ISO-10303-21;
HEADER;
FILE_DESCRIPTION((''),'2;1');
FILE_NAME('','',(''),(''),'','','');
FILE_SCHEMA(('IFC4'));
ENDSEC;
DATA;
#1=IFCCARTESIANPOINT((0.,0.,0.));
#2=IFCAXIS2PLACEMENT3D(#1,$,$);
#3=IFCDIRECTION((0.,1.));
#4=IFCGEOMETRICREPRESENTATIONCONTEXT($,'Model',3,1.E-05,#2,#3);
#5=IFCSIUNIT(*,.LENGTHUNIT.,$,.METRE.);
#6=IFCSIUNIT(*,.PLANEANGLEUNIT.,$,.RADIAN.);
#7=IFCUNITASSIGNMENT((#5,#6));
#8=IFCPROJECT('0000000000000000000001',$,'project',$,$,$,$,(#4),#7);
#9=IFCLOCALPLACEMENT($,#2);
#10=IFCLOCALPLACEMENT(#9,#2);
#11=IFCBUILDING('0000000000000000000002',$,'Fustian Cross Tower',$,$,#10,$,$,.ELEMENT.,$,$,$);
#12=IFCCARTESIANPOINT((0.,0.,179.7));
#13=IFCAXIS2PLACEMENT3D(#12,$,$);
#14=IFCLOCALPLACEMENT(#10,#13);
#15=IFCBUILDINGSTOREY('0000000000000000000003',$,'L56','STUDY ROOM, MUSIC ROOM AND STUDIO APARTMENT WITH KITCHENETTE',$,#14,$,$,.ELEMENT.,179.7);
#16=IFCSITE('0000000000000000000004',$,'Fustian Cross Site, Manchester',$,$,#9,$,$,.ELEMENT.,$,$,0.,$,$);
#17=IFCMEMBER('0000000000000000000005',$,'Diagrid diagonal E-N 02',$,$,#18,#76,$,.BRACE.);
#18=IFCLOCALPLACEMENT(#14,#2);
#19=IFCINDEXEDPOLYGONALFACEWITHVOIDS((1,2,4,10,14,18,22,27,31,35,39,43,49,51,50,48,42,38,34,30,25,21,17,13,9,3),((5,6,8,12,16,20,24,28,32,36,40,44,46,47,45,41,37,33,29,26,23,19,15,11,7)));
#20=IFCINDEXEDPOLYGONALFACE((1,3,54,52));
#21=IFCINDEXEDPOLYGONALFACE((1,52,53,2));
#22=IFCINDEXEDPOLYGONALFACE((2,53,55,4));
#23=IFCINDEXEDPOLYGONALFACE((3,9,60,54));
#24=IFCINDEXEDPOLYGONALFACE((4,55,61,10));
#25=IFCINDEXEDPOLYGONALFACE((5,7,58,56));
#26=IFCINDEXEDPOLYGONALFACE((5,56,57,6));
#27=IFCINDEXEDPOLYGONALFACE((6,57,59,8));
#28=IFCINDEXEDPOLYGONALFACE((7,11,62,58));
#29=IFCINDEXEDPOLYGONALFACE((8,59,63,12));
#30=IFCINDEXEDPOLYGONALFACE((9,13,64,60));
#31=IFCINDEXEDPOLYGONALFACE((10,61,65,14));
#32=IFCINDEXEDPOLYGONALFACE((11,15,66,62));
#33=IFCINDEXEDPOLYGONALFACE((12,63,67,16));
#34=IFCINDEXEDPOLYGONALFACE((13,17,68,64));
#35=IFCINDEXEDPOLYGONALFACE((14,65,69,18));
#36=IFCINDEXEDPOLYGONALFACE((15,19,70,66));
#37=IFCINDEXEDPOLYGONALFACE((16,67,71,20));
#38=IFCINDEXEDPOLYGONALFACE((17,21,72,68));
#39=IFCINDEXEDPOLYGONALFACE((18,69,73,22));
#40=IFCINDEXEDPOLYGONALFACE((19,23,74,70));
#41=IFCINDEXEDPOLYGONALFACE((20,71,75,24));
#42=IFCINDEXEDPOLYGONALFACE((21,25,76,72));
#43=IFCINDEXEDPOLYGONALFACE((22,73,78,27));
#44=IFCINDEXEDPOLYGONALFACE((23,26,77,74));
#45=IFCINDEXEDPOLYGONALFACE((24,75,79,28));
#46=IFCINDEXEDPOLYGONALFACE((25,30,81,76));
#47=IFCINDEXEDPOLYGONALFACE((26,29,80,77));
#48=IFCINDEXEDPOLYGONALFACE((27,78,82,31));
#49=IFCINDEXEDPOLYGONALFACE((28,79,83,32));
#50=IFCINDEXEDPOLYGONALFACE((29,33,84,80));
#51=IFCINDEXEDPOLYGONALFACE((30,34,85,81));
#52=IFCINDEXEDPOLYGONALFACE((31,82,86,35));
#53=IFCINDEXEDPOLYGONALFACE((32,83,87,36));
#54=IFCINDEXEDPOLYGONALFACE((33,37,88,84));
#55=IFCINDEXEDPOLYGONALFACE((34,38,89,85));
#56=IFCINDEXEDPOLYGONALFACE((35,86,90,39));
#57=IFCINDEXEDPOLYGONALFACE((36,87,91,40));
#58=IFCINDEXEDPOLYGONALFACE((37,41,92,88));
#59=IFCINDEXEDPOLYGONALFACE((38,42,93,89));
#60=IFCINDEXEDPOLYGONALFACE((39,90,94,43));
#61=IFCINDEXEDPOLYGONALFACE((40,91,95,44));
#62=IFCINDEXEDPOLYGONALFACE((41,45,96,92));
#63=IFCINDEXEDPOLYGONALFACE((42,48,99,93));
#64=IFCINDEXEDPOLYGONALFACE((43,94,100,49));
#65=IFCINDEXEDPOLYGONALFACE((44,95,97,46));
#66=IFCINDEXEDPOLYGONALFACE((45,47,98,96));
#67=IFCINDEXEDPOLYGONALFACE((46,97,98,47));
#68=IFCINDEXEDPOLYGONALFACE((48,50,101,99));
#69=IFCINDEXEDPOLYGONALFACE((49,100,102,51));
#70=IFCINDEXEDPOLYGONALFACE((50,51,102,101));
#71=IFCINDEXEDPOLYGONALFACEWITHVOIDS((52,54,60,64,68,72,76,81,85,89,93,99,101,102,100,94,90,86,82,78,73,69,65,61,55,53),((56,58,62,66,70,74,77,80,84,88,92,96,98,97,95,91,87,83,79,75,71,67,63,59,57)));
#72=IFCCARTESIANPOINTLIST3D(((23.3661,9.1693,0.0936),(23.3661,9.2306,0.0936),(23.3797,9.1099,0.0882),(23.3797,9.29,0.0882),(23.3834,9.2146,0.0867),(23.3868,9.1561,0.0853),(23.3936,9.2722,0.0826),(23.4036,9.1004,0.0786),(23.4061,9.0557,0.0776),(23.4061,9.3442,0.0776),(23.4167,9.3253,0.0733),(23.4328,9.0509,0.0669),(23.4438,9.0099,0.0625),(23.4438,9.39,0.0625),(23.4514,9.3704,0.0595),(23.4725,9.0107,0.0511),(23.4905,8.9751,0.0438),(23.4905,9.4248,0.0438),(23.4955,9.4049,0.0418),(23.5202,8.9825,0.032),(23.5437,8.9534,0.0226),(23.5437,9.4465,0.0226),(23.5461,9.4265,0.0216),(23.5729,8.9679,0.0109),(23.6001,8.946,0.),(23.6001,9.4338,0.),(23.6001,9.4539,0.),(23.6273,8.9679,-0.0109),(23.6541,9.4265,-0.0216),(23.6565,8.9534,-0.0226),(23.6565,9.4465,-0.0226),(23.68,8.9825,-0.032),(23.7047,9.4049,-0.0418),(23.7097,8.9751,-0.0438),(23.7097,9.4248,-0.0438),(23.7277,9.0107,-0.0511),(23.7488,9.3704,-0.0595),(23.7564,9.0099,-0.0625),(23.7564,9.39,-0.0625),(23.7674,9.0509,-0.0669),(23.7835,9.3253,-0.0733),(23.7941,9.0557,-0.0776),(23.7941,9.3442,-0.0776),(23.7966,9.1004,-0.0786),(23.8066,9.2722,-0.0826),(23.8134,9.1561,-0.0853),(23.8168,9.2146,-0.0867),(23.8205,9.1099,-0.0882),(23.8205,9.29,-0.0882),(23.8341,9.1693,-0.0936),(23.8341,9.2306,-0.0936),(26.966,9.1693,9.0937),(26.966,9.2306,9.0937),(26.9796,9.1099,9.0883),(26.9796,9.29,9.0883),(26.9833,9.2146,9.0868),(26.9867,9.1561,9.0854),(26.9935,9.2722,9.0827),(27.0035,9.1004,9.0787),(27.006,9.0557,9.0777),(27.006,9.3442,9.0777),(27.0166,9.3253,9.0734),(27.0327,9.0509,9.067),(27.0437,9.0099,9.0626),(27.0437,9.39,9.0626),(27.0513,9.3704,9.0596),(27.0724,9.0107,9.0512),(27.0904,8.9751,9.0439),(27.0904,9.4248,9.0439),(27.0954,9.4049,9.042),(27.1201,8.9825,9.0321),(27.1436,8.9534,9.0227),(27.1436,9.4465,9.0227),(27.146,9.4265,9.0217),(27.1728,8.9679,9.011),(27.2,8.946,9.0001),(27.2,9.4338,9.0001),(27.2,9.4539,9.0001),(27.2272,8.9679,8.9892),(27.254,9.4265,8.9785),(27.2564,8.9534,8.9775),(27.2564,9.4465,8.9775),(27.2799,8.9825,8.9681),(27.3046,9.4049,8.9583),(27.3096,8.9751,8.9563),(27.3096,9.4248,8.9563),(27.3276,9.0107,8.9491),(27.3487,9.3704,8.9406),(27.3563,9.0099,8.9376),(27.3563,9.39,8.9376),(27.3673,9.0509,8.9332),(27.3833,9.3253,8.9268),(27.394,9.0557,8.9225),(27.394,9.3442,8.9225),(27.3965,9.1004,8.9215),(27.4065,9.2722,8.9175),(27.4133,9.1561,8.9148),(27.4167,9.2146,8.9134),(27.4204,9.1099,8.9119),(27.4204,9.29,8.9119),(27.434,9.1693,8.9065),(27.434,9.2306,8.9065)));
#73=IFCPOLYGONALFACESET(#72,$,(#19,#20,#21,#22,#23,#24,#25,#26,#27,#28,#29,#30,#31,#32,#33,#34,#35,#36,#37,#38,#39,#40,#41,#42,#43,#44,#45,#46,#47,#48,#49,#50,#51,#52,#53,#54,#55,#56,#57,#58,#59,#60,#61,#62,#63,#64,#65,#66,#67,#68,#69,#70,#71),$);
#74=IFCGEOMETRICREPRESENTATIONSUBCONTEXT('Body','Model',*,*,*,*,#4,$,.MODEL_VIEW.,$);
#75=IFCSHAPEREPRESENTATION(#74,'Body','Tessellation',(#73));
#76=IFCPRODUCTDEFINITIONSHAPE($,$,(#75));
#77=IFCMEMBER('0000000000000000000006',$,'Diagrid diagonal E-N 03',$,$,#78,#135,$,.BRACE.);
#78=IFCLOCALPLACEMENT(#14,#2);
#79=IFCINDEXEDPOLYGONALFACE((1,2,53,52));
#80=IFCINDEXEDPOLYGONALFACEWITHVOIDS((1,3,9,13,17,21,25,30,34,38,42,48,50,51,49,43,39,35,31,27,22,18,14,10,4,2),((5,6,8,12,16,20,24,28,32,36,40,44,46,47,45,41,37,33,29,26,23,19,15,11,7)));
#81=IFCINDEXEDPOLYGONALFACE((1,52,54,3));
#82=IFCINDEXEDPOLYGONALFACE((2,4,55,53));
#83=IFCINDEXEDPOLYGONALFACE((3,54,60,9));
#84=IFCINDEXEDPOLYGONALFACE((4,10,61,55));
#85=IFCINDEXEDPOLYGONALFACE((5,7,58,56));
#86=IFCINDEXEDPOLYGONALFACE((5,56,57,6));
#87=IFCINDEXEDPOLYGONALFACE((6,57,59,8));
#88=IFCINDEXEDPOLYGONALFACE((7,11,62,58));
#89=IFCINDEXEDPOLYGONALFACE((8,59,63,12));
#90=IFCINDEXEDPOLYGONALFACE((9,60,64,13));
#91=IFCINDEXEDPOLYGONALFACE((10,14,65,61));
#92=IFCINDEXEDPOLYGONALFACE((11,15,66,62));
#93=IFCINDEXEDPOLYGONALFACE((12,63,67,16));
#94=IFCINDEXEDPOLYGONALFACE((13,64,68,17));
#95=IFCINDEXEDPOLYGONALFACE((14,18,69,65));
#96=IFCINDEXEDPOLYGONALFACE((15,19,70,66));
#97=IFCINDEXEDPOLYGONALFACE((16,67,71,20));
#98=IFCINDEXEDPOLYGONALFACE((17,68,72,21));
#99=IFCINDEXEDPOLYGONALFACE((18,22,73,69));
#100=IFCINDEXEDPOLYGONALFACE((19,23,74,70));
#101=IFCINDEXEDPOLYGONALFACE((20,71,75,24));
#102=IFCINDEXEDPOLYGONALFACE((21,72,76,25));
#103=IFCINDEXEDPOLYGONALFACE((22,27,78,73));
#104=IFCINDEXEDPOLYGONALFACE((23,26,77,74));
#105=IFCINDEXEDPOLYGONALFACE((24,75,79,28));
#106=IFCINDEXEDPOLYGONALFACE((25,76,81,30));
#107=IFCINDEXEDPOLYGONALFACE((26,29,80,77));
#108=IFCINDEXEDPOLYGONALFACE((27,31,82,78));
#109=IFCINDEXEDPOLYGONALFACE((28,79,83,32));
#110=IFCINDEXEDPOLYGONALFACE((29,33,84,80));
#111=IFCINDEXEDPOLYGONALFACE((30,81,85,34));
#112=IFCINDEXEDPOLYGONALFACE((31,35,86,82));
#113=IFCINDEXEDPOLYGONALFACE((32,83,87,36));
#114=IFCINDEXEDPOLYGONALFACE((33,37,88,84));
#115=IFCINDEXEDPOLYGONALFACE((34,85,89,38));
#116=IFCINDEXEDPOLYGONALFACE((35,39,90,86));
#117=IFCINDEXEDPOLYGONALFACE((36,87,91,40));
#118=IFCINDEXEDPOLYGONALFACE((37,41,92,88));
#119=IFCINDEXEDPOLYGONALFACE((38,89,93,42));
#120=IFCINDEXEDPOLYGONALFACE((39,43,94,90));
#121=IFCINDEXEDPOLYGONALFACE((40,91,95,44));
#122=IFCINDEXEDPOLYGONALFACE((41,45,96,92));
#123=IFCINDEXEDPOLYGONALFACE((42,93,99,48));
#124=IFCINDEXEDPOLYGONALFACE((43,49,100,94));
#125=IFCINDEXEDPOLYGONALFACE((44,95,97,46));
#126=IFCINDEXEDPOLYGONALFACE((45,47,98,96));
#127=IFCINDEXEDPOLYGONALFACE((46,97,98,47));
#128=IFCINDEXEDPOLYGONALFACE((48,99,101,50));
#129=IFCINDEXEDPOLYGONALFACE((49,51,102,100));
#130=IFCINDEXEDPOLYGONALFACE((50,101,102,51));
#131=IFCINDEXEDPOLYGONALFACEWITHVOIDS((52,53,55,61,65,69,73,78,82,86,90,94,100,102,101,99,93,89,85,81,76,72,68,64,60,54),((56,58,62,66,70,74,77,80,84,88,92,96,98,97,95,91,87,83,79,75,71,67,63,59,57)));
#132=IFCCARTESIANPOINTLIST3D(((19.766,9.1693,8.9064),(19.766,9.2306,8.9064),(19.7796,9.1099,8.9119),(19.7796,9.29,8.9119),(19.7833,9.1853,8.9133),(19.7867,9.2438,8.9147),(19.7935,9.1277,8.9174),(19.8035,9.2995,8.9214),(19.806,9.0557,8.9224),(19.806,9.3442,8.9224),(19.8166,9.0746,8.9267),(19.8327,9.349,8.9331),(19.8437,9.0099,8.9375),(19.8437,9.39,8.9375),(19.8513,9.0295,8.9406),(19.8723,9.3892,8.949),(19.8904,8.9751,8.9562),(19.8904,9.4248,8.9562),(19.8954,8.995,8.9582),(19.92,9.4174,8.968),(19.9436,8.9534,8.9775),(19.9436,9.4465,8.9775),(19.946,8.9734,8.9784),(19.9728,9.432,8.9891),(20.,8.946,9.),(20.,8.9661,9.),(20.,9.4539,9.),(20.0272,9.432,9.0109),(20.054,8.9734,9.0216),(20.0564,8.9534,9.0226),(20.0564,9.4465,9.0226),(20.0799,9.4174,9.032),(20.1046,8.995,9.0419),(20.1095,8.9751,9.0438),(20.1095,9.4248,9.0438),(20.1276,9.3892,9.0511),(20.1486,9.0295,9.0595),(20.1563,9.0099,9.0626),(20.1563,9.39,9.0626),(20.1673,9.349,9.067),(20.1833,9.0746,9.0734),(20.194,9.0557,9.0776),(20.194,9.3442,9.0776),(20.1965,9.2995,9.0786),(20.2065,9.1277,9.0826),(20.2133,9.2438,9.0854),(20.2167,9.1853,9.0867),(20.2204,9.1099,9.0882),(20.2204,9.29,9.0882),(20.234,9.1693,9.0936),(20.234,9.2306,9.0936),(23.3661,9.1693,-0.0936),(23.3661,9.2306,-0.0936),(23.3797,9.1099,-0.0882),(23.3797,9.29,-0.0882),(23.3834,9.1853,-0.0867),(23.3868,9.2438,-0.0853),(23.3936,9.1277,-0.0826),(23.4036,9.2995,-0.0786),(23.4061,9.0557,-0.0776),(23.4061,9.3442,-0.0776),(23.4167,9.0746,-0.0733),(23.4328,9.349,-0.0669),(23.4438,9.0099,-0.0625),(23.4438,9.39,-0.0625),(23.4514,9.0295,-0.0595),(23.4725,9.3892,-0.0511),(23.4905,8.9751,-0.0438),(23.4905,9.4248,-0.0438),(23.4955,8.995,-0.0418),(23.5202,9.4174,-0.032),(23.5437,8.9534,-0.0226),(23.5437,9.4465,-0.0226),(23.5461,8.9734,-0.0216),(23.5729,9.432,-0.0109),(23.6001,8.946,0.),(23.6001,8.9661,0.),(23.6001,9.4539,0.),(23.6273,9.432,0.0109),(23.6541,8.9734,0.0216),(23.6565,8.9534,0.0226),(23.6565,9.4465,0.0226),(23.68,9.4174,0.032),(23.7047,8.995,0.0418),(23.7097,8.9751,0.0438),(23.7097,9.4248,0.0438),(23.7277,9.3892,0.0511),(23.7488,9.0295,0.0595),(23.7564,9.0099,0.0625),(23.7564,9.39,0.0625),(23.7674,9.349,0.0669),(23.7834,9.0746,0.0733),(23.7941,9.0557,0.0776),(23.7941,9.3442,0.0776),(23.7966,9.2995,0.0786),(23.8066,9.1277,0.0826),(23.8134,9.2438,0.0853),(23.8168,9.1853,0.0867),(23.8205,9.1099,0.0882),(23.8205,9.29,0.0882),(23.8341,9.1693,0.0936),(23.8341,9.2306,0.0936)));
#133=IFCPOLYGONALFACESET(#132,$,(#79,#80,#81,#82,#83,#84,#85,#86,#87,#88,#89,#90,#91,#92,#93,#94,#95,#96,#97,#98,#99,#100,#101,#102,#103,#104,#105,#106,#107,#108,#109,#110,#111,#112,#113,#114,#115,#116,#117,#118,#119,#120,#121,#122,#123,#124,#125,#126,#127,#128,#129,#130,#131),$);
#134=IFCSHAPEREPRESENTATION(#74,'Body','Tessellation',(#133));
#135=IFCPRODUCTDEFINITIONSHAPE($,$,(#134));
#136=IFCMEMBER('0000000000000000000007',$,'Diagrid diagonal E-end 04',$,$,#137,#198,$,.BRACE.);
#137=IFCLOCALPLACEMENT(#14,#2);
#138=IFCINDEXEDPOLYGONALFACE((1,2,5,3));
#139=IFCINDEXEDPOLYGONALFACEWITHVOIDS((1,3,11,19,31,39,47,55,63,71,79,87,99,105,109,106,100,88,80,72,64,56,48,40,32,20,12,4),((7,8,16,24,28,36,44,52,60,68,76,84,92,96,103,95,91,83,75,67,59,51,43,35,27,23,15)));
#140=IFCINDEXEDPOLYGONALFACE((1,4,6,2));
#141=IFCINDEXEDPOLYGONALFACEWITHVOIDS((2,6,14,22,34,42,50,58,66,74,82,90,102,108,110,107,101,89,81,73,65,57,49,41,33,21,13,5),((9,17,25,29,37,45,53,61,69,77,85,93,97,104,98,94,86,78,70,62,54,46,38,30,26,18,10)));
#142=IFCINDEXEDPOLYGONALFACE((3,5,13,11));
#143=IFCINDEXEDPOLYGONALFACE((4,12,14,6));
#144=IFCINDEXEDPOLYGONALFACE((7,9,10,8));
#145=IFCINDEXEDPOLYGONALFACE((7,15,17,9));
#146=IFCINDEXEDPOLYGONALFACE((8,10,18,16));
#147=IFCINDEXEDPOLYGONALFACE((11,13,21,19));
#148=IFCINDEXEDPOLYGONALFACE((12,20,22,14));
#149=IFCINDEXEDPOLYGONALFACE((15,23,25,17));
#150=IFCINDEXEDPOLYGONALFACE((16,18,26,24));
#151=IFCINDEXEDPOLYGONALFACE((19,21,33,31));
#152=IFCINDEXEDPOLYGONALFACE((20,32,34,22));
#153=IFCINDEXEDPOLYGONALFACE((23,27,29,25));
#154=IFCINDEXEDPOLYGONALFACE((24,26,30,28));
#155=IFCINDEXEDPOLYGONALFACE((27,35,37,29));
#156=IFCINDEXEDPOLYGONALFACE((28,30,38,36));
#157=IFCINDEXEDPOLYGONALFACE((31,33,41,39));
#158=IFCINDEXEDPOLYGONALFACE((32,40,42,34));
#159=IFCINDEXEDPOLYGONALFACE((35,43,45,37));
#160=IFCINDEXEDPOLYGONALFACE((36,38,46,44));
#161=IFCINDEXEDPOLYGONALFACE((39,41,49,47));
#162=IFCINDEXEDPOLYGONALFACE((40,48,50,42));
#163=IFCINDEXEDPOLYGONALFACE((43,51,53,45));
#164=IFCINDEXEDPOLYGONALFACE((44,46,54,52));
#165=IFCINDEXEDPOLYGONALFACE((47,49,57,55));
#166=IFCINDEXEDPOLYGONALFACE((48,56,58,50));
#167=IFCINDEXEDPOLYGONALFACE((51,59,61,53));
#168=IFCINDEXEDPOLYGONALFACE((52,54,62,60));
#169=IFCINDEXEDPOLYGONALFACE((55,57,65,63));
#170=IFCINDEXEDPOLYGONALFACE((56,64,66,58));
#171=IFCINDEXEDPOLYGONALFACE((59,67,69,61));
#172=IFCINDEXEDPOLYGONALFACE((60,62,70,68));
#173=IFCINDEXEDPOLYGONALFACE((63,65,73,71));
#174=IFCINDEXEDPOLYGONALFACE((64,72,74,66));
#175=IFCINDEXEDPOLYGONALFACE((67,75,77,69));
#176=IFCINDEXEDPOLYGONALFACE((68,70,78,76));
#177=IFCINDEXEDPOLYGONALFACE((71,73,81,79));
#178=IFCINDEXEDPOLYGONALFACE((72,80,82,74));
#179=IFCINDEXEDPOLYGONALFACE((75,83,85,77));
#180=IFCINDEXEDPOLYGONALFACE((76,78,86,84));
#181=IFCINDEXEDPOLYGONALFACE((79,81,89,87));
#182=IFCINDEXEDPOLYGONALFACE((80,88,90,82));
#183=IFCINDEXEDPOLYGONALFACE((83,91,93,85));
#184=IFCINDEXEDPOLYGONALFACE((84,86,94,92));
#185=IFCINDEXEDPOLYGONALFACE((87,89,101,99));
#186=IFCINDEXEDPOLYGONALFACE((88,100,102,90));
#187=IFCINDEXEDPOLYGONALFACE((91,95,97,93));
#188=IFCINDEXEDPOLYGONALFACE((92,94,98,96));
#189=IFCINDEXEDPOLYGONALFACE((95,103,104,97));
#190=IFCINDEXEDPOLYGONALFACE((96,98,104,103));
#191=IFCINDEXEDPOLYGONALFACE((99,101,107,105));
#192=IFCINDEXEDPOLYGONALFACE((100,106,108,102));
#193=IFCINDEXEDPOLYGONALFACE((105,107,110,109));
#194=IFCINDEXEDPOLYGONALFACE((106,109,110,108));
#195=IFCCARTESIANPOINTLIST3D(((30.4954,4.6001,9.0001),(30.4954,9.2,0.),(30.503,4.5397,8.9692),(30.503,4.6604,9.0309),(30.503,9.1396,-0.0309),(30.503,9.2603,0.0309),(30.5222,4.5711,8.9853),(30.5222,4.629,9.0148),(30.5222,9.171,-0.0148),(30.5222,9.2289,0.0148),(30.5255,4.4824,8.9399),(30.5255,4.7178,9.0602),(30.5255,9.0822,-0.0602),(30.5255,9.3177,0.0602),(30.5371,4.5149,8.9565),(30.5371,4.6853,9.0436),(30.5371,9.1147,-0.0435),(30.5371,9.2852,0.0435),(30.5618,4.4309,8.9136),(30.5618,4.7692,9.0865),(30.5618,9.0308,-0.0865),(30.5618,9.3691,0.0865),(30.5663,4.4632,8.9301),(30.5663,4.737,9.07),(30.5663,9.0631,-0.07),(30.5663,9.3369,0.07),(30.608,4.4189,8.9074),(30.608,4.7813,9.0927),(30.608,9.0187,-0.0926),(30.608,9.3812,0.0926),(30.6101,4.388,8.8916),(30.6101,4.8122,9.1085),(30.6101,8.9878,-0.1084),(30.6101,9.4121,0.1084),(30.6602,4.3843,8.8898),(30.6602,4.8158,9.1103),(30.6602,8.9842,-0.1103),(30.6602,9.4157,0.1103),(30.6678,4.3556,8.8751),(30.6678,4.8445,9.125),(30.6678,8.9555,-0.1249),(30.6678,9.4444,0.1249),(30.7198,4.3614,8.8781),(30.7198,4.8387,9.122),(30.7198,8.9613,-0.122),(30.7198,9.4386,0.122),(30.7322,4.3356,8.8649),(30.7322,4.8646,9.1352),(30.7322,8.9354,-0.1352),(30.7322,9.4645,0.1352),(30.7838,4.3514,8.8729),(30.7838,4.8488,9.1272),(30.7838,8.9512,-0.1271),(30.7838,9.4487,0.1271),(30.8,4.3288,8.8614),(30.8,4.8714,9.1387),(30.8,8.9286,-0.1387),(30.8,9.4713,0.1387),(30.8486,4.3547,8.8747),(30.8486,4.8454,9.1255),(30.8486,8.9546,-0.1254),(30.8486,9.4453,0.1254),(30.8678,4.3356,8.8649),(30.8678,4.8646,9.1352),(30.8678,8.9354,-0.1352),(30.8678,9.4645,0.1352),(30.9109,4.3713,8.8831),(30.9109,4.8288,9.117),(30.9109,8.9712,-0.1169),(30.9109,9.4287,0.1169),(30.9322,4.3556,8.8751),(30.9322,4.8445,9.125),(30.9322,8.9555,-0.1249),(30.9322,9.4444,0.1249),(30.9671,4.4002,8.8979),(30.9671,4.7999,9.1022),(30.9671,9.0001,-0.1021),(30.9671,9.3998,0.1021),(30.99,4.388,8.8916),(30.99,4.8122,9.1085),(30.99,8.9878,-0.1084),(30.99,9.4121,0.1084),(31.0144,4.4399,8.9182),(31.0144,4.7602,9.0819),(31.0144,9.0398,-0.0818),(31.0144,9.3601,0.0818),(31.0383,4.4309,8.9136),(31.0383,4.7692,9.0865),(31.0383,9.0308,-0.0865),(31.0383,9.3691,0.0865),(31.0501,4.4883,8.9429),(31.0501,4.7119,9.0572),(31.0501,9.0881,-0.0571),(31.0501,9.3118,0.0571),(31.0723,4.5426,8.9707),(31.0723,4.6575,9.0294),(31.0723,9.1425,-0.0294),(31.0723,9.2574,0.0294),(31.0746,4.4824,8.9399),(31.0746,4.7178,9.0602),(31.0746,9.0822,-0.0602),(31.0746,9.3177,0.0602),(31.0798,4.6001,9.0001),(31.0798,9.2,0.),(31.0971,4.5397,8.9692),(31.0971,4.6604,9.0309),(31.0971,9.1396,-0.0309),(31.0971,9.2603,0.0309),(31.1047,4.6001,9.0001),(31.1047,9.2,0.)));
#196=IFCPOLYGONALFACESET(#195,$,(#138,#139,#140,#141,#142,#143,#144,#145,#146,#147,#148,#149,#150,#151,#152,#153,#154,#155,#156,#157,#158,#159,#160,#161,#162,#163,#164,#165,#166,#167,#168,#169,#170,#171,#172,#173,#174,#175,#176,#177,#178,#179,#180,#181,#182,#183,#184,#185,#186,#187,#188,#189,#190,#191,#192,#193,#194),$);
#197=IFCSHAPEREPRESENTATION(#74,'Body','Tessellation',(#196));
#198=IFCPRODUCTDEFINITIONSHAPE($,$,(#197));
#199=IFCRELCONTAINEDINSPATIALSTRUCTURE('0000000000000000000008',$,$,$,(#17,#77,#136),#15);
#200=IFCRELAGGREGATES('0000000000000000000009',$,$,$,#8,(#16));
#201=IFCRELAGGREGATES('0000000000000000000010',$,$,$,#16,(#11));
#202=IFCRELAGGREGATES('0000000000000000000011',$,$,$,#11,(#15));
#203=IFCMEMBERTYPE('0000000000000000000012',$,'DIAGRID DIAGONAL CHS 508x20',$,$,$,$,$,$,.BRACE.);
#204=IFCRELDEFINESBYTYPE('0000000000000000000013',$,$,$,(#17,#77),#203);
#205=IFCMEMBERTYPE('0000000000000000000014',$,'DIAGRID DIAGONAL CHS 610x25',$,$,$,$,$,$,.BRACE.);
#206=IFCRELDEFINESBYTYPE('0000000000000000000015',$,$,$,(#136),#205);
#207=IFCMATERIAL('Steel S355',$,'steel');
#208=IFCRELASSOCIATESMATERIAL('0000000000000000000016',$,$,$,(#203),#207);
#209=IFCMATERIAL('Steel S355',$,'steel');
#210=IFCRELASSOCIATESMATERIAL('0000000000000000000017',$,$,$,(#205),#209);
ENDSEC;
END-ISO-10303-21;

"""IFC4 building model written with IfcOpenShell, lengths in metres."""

from ifc_helpers import new_model, si_unit, direction, frame, origin, origin_2d, place, context, subcontext, project, spatial, hollow_circle, extrude, material, material_profile, profile_set, type_object, element, save


model = new_model("IFC4")

# Units and contexts
model_context = context("Model", 3, precision=1e-05, world=origin(), true_north=direction((0.0, 1.0)))
body_context = subcontext(model_context, "Body", "Model", "MODEL_VIEW")
ifc_project = project(units=[si_unit("LENGTHUNIT", "METRE"), si_unit("PLANEANGLEUNIT", "RADIAN")], contexts=[model_context])

# Site, building, storey
site_placement = place(None, origin())
site = spatial("IfcSite", under=ifc_project, at=site_placement, Name="Fustian Cross Site, Manchester", CompositionType="ELEMENT", RefElevation=0.0)
building_placement = place(site_placement, origin())
building = spatial("IfcBuilding", under=site, at=building_placement, Name="Fustian Cross Tower", CompositionType="ELEMENT")
storey_placement = place(building_placement, frame((0.0, 0.0, 179.7)))
storey = spatial("IfcBuildingStorey", under=building, at=storey_placement, Name="L56", Description="STUDY ROOM, MUSIC ROOM AND STUDIO APARTMENT WITH KITCHENETTE", CompositionType="ELEMENT", Elevation=179.7)

# Members
ifc_material_1 = material(Name="Steel S355", Category="steel")
ifc_material_profile_1 = material_profile(ifc_material_1, hollow_circle(Radius=0.2539, WallThickness=0.02, at=origin_2d()), Name="CHS 508x20")
ifc_profile_set_1 = profile_set([ifc_material_profile_1], Name="Steel S355")
member_type_1 = type_object("IfcMemberType", Name="DIAGRID DIAGONAL CHS 508x20", PredefinedType="BRACE", material=ifc_profile_set_1)
for number, where, z_axis, x_axis, name in (
    (1, (23.6001, 9.2, 0.0), (0.371378, 0.0, 0.928482), (0.0, 1.0, 0.0), "Diagrid diagonal E-N 02"),
    (2, (23.6001, 9.2, 0.0), (-0.371399, 0.0, 0.928473), (0.0, -1.0, 0.0), "Diagrid diagonal E-N 03"),
):
    element("IfcMember", number, at=place(storey_placement, frame(where, z_axis=z_axis, x_axis=x_axis)), inside=storey, type_object=member_type_1, Name=name, PredefinedType="BRACE", context=body_context, shape_type="SweptSolid", body=[
        extrude(hollow_circle(Radius=0.2539, WallThickness=0.02, at=origin_2d()), origin(), (0.0, 0.0, 1.0), 9.6934),
    ])
ifc_material_2 = material(Name="Steel S355", Category="steel")
ifc_material_profile_2 = material_profile(ifc_material_2, hollow_circle(Radius=0.3047, WallThickness=0.0249, at=origin_2d()), Name="CHS 610x25")
ifc_profile_set_2 = profile_set([ifc_material_profile_2], Name="Steel S355")
member_type_2 = type_object("IfcMemberType", Name="DIAGRID DIAGONAL CHS 610x25", PredefinedType="BRACE", material=ifc_profile_set_2)
member_1_placement = place(storey_placement, frame((30.8, 9.2, 0.0), z_axis=(0.0, -0.4551, 0.890441), x_axis=(1.0, 0.0, 0.0)))
element("IfcMember", 3, at=member_1_placement, inside=storey, type_object=member_type_2, Name="Diagrid diagonal E-end 04", PredefinedType="BRACE", context=body_context, shape_type="SweptSolid", body=[
    extrude(hollow_circle(Radius=0.3047, WallThickness=0.0249, at=origin_2d()), origin(), (0.0, 0.0, 1.0), 10.1074),
])

save(model, "model.ifc")
